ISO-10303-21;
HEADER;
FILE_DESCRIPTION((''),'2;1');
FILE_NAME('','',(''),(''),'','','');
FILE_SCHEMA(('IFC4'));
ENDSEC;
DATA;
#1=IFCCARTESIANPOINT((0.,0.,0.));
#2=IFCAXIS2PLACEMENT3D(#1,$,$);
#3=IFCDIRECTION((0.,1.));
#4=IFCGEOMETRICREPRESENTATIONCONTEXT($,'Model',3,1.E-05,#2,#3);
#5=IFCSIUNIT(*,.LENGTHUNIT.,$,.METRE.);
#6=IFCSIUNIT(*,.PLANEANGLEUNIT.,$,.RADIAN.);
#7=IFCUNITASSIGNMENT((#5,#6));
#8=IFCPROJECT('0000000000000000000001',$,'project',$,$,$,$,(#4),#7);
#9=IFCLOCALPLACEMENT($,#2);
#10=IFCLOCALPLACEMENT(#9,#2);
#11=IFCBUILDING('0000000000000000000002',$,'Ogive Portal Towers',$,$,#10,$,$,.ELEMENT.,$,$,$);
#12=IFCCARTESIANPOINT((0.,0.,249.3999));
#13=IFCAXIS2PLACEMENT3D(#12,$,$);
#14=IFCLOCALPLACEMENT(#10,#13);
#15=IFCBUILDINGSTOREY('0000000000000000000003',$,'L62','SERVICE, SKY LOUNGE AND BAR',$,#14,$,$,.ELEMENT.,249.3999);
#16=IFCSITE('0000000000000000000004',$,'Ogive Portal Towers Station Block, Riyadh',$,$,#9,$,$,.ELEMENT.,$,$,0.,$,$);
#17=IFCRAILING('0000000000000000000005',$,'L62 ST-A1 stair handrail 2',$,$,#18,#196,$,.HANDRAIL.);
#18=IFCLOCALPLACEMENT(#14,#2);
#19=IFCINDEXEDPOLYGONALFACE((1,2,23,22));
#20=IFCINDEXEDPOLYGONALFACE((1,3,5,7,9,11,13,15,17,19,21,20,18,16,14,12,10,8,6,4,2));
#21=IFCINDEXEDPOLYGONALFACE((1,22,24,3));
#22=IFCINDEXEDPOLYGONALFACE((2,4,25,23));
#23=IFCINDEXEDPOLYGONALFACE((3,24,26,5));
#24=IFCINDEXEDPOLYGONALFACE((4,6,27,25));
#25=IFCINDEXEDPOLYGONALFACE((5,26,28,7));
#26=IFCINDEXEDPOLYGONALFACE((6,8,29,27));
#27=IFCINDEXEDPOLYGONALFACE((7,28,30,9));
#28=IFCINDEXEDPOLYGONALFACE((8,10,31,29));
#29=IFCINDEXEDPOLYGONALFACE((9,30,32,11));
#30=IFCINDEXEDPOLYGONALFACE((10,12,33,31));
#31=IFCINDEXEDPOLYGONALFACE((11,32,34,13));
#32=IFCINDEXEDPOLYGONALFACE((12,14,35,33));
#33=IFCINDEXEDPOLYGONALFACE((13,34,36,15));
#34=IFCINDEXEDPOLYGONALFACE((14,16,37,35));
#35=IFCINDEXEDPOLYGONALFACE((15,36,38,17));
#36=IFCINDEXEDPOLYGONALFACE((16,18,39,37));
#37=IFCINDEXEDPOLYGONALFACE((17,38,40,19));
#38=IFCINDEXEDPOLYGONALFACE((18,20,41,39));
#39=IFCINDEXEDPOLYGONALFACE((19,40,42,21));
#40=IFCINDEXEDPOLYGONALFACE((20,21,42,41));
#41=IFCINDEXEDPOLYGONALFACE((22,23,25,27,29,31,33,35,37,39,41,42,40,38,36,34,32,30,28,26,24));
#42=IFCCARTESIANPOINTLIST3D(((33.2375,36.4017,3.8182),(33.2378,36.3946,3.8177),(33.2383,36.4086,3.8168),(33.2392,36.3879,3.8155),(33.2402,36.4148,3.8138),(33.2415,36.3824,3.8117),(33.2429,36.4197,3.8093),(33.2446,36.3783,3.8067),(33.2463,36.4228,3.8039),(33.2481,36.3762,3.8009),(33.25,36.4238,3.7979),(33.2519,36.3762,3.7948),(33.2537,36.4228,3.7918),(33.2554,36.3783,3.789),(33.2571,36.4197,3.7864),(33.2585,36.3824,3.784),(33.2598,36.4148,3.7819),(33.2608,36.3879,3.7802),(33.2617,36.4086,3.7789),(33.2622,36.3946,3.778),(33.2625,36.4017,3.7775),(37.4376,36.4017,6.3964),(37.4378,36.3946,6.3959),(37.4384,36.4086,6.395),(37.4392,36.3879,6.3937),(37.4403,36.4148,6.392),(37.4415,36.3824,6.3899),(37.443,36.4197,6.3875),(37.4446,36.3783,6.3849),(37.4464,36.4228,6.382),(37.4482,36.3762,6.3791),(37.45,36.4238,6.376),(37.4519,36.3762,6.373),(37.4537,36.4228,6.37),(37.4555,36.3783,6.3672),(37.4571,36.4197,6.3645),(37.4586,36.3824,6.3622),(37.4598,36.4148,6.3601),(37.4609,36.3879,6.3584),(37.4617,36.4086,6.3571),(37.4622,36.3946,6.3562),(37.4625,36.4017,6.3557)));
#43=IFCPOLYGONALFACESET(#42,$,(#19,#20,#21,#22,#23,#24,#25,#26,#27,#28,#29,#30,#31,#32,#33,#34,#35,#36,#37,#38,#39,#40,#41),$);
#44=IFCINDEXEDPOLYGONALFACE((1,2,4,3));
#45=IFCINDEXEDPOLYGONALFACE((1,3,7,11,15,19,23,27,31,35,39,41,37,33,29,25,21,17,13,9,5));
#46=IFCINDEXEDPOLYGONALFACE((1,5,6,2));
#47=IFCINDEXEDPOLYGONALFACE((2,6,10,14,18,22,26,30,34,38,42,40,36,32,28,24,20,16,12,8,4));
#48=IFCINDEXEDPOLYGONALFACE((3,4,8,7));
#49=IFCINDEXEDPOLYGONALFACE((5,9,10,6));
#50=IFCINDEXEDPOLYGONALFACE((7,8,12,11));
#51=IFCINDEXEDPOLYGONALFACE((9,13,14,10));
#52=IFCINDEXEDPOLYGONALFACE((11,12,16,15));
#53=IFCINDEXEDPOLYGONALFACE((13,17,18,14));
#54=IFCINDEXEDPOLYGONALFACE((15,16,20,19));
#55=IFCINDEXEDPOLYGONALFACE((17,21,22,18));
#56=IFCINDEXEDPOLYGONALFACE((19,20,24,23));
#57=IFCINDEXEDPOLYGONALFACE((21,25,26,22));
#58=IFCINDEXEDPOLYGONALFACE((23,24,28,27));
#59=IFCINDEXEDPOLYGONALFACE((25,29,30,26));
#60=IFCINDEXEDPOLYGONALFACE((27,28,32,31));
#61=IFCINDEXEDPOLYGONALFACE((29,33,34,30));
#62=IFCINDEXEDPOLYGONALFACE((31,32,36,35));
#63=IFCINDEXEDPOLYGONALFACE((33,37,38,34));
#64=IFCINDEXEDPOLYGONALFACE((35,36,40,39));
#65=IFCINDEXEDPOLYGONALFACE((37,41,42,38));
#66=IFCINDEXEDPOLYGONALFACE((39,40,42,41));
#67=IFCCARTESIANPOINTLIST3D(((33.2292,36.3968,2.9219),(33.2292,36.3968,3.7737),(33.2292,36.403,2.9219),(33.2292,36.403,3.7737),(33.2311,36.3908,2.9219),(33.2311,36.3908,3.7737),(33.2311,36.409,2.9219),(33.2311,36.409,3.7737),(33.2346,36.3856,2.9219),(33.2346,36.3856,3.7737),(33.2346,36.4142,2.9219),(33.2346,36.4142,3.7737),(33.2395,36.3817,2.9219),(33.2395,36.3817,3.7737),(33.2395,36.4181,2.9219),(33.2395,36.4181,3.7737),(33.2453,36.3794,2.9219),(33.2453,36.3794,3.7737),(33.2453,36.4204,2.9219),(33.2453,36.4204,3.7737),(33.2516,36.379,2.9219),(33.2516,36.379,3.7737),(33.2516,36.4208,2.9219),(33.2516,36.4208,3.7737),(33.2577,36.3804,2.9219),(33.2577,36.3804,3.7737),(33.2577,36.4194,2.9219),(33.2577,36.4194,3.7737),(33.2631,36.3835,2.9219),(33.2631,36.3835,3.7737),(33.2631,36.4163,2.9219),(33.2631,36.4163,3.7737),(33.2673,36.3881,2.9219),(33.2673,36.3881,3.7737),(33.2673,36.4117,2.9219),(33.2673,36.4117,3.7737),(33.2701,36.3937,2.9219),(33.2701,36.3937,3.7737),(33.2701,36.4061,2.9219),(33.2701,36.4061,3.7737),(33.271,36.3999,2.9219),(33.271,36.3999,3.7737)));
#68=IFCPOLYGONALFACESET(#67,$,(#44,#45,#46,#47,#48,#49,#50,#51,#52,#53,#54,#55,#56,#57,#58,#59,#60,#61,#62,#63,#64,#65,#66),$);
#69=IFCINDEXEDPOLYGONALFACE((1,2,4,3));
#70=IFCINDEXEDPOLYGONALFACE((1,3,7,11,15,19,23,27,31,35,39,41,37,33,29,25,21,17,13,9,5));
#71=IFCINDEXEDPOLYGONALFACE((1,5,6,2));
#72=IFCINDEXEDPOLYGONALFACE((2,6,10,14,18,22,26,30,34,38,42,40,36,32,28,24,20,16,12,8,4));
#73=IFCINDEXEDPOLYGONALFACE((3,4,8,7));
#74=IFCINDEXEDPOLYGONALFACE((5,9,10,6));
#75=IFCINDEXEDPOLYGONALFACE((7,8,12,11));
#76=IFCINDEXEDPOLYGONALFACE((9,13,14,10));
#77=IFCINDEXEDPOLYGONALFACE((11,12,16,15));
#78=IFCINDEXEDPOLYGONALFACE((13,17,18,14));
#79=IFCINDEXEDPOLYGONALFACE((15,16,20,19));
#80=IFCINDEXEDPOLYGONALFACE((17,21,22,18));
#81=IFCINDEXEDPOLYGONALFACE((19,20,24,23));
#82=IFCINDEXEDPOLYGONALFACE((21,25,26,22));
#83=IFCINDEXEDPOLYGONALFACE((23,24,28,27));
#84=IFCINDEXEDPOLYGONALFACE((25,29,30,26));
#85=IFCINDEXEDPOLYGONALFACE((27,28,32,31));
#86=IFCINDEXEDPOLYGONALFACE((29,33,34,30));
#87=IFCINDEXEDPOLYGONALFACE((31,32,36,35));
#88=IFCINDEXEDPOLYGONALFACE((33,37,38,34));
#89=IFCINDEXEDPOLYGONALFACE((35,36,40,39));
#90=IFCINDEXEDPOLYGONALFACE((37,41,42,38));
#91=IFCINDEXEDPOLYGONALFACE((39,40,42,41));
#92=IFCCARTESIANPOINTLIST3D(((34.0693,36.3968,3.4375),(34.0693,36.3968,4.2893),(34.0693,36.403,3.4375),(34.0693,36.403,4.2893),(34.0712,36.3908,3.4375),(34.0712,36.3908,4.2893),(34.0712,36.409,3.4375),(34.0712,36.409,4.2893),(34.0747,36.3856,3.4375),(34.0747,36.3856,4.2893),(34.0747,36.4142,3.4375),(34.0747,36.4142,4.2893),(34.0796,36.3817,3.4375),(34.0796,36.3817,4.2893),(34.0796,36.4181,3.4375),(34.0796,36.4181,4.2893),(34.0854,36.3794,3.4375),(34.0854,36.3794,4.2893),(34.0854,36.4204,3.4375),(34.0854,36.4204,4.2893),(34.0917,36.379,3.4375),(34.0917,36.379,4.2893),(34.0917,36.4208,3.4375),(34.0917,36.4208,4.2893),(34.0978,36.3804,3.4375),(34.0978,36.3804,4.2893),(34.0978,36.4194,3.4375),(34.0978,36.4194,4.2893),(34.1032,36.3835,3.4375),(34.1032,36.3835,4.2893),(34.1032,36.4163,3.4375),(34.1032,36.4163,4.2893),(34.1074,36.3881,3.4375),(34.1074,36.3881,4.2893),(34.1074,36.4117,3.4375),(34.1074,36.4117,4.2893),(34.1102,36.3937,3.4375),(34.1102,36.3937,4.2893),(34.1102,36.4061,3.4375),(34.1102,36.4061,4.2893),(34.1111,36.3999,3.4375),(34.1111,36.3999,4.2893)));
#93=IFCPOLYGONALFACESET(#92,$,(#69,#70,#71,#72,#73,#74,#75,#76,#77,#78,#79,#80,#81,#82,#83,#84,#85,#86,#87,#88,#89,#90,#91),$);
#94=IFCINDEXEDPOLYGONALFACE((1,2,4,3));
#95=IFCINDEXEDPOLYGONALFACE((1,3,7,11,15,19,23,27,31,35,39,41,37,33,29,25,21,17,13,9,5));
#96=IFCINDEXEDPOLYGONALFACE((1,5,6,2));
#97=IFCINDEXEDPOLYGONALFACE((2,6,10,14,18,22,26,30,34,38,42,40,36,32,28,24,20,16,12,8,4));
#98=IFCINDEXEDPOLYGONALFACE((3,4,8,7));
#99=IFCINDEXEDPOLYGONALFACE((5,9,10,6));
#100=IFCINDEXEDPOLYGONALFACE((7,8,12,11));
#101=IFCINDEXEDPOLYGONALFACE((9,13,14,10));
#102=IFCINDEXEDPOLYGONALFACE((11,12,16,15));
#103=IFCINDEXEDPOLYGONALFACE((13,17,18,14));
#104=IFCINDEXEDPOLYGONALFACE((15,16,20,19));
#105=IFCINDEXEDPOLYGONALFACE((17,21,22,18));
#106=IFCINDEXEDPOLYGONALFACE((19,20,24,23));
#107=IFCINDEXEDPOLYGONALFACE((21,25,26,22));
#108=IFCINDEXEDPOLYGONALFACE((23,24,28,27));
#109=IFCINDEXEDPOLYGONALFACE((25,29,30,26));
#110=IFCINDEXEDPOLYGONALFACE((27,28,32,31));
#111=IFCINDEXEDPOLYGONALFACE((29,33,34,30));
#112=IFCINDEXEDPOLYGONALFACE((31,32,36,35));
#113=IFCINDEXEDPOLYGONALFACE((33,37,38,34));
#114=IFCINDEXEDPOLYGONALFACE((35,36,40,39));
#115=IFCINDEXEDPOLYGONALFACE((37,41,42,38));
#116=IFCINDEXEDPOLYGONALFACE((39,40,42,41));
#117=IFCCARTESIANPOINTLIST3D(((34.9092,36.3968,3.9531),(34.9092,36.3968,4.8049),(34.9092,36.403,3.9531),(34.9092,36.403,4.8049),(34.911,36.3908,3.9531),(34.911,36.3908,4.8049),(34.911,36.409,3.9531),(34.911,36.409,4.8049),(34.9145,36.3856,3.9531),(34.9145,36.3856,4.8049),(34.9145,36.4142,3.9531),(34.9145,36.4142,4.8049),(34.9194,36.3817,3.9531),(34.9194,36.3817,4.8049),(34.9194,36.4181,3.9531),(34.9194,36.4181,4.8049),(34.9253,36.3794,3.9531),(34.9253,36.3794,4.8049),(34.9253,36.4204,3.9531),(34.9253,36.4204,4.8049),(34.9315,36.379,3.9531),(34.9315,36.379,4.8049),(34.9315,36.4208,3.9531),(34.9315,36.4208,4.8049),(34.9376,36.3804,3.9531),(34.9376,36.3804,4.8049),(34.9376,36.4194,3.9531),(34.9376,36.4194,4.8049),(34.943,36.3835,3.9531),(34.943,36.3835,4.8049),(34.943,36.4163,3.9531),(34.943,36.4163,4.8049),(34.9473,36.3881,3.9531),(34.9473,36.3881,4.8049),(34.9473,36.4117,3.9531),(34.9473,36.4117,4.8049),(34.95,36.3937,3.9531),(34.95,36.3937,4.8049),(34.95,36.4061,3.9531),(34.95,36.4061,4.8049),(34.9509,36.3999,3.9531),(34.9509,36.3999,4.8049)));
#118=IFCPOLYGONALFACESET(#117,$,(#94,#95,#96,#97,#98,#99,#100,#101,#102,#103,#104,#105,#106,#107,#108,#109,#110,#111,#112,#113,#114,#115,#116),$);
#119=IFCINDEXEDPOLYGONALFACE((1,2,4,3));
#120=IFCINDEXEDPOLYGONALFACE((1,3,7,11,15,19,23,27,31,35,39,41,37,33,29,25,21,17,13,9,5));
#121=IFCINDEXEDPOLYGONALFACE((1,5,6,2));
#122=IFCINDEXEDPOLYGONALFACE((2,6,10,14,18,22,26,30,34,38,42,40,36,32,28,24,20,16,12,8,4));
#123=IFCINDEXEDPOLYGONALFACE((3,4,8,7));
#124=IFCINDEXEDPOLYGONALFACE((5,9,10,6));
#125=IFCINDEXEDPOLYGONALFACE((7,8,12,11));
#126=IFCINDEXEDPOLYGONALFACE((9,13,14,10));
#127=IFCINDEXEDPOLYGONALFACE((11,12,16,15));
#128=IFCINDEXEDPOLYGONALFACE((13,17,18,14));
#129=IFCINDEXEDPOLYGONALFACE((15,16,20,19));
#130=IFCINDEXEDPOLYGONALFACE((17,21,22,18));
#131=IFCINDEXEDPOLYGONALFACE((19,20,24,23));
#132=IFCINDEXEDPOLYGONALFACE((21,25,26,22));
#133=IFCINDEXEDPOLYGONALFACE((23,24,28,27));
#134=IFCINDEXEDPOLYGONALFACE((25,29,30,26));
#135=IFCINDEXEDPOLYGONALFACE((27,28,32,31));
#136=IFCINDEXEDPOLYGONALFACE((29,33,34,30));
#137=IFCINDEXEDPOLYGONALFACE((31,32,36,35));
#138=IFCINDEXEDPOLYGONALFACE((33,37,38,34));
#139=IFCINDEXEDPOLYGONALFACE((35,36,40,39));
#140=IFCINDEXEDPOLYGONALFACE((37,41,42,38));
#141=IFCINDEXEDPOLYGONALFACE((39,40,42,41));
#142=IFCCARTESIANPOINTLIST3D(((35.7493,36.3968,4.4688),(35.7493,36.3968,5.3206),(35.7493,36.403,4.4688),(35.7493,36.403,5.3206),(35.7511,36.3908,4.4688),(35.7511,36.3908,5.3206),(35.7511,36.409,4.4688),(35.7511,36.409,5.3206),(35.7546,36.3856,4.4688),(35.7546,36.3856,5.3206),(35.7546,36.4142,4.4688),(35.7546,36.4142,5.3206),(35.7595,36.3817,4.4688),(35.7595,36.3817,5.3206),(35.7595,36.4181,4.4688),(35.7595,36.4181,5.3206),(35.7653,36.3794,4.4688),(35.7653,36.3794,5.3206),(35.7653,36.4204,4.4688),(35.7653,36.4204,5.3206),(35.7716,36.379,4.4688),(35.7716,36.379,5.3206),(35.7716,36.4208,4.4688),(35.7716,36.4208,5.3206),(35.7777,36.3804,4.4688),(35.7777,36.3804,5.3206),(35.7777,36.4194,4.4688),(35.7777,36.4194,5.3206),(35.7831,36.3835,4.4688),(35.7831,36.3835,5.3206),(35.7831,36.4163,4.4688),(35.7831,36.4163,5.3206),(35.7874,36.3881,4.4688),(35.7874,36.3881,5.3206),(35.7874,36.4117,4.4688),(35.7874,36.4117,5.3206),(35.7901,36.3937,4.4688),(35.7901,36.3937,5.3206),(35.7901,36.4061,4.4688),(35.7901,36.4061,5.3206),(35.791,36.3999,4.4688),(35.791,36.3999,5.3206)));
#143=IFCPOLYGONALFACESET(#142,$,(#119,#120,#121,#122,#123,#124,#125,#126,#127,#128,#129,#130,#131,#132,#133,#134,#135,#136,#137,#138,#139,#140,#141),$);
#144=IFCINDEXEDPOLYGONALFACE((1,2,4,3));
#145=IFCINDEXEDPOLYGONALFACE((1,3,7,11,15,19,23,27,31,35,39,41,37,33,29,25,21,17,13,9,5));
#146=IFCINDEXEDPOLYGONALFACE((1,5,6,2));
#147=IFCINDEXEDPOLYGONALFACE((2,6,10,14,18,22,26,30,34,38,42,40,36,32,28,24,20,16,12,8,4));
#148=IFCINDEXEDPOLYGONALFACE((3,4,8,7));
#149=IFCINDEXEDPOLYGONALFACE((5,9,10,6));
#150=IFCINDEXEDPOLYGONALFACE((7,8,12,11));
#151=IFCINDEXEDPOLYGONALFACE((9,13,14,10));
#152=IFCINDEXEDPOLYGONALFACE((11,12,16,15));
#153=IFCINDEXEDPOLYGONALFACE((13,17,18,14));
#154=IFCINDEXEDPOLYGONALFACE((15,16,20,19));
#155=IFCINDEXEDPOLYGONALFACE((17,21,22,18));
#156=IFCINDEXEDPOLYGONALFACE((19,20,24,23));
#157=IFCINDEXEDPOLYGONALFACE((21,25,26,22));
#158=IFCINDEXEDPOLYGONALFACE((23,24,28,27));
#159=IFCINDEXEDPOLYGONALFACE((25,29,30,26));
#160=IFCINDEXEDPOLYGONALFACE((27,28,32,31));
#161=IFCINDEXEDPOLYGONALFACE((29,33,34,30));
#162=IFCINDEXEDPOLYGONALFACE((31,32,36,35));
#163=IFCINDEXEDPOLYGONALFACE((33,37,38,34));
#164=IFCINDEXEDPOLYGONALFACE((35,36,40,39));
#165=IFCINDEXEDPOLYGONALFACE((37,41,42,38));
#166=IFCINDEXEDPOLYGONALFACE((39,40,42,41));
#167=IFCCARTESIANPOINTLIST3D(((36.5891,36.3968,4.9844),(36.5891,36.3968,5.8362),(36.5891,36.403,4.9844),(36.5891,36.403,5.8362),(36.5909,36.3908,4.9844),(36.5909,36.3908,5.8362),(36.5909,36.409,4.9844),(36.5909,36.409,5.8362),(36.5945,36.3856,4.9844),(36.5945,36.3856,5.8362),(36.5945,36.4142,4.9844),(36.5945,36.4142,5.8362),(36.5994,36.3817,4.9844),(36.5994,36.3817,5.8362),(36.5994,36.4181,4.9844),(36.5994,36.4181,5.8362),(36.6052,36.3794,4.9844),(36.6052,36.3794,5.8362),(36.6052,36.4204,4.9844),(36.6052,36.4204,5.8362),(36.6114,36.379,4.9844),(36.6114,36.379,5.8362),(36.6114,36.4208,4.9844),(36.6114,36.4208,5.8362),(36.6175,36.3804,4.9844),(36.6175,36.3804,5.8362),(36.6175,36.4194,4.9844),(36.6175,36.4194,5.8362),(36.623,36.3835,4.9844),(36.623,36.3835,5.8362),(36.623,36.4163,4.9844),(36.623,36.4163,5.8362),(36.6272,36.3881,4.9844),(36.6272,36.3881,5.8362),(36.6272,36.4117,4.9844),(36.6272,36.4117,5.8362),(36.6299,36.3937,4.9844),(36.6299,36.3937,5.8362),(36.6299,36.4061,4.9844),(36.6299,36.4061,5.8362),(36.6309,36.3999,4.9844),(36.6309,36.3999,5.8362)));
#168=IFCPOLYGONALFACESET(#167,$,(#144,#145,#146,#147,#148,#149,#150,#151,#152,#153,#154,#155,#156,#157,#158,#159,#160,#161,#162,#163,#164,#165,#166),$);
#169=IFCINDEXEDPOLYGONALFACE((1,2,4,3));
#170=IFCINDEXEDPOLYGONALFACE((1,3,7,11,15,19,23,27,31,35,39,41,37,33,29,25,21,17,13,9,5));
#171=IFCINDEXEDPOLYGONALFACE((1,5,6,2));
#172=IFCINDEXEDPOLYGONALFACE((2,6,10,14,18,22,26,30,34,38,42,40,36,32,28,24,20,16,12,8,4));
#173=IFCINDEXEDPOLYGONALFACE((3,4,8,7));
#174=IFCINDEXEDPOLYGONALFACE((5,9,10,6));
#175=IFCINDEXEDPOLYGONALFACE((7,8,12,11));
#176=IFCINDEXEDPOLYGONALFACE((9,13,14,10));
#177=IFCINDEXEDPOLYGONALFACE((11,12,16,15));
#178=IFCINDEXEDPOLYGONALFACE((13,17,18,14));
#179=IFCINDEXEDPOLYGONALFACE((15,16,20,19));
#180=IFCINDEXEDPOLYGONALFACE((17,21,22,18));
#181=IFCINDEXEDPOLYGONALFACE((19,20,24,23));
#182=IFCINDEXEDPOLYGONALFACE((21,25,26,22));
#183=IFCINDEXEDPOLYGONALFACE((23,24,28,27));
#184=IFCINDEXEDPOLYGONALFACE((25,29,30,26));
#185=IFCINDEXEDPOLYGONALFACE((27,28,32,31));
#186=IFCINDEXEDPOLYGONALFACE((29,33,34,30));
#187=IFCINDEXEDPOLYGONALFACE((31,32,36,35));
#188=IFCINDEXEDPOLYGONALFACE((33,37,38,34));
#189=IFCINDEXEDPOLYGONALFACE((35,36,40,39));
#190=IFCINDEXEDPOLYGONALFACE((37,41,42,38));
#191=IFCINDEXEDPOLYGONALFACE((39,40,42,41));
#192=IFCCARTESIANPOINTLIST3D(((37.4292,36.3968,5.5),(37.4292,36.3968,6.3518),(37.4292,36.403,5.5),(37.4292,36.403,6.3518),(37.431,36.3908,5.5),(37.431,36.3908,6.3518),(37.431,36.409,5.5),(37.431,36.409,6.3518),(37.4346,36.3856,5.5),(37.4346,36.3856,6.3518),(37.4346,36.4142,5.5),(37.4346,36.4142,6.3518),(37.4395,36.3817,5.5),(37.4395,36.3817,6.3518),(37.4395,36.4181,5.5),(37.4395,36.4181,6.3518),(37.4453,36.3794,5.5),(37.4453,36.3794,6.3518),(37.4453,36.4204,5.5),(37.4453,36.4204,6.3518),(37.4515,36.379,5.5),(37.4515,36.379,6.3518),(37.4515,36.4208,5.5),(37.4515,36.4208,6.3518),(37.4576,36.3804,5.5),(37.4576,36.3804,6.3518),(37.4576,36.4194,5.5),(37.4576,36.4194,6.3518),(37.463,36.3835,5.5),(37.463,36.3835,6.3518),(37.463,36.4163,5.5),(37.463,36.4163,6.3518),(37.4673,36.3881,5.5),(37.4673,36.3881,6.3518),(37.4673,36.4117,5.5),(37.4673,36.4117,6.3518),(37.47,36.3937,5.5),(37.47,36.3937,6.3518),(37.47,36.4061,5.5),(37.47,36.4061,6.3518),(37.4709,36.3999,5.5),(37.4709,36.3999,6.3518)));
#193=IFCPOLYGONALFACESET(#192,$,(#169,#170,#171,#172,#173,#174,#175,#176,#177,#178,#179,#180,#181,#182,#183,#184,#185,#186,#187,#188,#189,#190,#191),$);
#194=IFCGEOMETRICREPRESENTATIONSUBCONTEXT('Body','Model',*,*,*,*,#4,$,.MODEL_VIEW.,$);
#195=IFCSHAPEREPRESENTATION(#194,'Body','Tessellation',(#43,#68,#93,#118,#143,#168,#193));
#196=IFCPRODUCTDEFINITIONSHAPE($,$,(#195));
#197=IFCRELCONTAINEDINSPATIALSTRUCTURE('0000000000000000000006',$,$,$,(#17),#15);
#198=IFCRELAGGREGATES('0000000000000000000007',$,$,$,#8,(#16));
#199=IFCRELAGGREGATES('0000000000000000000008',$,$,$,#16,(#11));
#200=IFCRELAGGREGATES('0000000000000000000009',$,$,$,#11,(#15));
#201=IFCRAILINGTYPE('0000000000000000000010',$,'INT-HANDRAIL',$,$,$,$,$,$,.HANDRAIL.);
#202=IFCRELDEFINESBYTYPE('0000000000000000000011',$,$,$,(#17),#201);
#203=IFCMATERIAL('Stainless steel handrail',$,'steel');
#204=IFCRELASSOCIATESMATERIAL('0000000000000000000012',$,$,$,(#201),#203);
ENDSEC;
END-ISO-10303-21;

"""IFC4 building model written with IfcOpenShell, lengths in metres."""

from ifc_helpers import new_model, si_unit, direction, frame, origin, origin_2d, place, context, subcontext, project, spatial, circle, extrude, material, type_object, element, save


model = new_model("IFC4")

# Units and contexts
model_context = context("Model", 3, precision=1e-05, world=origin(), true_north=direction((0.0, 1.0)))
body_context = subcontext(model_context, "Body", "Model", "MODEL_VIEW")
ifc_project = project(units=[si_unit("LENGTHUNIT", "METRE"), si_unit("PLANEANGLEUNIT", "RADIAN")], contexts=[model_context])

# Site, building, storey
site_placement = place(None, origin())
site = spatial("IfcSite", under=ifc_project, at=site_placement, Name="Ogive Portal Towers Station Block, Riyadh", CompositionType="ELEMENT", RefElevation=0.0)
building_placement = place(site_placement, origin())
building = spatial("IfcBuilding", under=site, at=building_placement, Name="Ogive Portal Towers", CompositionType="ELEMENT")
storey_placement = place(building_placement, frame((0.0, 0.0, 249.3999)))
storey = spatial("IfcBuildingStorey", under=building, at=storey_placement, Name="L62", Description="SERVICE, SKY LOUNGE AND BAR", CompositionType="ELEMENT", Elevation=249.3999)

# Railing
ifc_material_1 = material(Name="Stainless steel handrail", Category="steel")
railing_type_1 = type_object("IfcRailingType", Name="INT-HANDRAIL", PredefinedType="HANDRAIL", material=ifc_material_1)
railing_1_placement = place(storey_placement, frame((33.25, 36.3999, 2.9219)))
element("IfcRailing", 1, at=railing_1_placement, inside=storey, type_object=railing_type_1, Name="L62 ST-A1 stair handrail 2", PredefinedType="HANDRAIL", context=body_context, shape_type="SweptSolid", body=[
    extrude(circle(Radius=0.0239, at=origin_2d()), frame((0.0, 0.0, 0.876), z_axis=(0.852243, 0.0, 0.523146), x_axis=(0.0, 1.0, 0.0)), (0.0, 0.0, 1.0), 4.9282),
    extrude(circle(Radius=0.021, at=origin_2d()), origin(), (0.0, 0.0, 1.0), 0.8518),
    extrude(circle(Radius=0.021, at=origin_2d()), frame((0.8401, 0.0, 0.5156)), (0.0, 0.0, 1.0), 0.8518),
    extrude(circle(Radius=0.021, at=origin_2d()), frame((1.6799, 0.0, 1.0312)), (0.0, 0.0, 1.0), 0.8518),
    extrude(circle(Radius=0.021, at=origin_2d()), frame((2.52, 0.0, 1.5469)), (0.0, 0.0, 1.0), 0.8518),
    extrude(circle(Radius=0.021, at=origin_2d()), frame((3.3599, 0.0, 2.0625)), (0.0, 0.0, 1.0), 0.8518),
    extrude(circle(Radius=0.021, at=origin_2d()), frame((4.2, 0.0, 2.5781)), (0.0, 0.0, 1.0), 0.8518),
])

save(model, "model.ifc")
